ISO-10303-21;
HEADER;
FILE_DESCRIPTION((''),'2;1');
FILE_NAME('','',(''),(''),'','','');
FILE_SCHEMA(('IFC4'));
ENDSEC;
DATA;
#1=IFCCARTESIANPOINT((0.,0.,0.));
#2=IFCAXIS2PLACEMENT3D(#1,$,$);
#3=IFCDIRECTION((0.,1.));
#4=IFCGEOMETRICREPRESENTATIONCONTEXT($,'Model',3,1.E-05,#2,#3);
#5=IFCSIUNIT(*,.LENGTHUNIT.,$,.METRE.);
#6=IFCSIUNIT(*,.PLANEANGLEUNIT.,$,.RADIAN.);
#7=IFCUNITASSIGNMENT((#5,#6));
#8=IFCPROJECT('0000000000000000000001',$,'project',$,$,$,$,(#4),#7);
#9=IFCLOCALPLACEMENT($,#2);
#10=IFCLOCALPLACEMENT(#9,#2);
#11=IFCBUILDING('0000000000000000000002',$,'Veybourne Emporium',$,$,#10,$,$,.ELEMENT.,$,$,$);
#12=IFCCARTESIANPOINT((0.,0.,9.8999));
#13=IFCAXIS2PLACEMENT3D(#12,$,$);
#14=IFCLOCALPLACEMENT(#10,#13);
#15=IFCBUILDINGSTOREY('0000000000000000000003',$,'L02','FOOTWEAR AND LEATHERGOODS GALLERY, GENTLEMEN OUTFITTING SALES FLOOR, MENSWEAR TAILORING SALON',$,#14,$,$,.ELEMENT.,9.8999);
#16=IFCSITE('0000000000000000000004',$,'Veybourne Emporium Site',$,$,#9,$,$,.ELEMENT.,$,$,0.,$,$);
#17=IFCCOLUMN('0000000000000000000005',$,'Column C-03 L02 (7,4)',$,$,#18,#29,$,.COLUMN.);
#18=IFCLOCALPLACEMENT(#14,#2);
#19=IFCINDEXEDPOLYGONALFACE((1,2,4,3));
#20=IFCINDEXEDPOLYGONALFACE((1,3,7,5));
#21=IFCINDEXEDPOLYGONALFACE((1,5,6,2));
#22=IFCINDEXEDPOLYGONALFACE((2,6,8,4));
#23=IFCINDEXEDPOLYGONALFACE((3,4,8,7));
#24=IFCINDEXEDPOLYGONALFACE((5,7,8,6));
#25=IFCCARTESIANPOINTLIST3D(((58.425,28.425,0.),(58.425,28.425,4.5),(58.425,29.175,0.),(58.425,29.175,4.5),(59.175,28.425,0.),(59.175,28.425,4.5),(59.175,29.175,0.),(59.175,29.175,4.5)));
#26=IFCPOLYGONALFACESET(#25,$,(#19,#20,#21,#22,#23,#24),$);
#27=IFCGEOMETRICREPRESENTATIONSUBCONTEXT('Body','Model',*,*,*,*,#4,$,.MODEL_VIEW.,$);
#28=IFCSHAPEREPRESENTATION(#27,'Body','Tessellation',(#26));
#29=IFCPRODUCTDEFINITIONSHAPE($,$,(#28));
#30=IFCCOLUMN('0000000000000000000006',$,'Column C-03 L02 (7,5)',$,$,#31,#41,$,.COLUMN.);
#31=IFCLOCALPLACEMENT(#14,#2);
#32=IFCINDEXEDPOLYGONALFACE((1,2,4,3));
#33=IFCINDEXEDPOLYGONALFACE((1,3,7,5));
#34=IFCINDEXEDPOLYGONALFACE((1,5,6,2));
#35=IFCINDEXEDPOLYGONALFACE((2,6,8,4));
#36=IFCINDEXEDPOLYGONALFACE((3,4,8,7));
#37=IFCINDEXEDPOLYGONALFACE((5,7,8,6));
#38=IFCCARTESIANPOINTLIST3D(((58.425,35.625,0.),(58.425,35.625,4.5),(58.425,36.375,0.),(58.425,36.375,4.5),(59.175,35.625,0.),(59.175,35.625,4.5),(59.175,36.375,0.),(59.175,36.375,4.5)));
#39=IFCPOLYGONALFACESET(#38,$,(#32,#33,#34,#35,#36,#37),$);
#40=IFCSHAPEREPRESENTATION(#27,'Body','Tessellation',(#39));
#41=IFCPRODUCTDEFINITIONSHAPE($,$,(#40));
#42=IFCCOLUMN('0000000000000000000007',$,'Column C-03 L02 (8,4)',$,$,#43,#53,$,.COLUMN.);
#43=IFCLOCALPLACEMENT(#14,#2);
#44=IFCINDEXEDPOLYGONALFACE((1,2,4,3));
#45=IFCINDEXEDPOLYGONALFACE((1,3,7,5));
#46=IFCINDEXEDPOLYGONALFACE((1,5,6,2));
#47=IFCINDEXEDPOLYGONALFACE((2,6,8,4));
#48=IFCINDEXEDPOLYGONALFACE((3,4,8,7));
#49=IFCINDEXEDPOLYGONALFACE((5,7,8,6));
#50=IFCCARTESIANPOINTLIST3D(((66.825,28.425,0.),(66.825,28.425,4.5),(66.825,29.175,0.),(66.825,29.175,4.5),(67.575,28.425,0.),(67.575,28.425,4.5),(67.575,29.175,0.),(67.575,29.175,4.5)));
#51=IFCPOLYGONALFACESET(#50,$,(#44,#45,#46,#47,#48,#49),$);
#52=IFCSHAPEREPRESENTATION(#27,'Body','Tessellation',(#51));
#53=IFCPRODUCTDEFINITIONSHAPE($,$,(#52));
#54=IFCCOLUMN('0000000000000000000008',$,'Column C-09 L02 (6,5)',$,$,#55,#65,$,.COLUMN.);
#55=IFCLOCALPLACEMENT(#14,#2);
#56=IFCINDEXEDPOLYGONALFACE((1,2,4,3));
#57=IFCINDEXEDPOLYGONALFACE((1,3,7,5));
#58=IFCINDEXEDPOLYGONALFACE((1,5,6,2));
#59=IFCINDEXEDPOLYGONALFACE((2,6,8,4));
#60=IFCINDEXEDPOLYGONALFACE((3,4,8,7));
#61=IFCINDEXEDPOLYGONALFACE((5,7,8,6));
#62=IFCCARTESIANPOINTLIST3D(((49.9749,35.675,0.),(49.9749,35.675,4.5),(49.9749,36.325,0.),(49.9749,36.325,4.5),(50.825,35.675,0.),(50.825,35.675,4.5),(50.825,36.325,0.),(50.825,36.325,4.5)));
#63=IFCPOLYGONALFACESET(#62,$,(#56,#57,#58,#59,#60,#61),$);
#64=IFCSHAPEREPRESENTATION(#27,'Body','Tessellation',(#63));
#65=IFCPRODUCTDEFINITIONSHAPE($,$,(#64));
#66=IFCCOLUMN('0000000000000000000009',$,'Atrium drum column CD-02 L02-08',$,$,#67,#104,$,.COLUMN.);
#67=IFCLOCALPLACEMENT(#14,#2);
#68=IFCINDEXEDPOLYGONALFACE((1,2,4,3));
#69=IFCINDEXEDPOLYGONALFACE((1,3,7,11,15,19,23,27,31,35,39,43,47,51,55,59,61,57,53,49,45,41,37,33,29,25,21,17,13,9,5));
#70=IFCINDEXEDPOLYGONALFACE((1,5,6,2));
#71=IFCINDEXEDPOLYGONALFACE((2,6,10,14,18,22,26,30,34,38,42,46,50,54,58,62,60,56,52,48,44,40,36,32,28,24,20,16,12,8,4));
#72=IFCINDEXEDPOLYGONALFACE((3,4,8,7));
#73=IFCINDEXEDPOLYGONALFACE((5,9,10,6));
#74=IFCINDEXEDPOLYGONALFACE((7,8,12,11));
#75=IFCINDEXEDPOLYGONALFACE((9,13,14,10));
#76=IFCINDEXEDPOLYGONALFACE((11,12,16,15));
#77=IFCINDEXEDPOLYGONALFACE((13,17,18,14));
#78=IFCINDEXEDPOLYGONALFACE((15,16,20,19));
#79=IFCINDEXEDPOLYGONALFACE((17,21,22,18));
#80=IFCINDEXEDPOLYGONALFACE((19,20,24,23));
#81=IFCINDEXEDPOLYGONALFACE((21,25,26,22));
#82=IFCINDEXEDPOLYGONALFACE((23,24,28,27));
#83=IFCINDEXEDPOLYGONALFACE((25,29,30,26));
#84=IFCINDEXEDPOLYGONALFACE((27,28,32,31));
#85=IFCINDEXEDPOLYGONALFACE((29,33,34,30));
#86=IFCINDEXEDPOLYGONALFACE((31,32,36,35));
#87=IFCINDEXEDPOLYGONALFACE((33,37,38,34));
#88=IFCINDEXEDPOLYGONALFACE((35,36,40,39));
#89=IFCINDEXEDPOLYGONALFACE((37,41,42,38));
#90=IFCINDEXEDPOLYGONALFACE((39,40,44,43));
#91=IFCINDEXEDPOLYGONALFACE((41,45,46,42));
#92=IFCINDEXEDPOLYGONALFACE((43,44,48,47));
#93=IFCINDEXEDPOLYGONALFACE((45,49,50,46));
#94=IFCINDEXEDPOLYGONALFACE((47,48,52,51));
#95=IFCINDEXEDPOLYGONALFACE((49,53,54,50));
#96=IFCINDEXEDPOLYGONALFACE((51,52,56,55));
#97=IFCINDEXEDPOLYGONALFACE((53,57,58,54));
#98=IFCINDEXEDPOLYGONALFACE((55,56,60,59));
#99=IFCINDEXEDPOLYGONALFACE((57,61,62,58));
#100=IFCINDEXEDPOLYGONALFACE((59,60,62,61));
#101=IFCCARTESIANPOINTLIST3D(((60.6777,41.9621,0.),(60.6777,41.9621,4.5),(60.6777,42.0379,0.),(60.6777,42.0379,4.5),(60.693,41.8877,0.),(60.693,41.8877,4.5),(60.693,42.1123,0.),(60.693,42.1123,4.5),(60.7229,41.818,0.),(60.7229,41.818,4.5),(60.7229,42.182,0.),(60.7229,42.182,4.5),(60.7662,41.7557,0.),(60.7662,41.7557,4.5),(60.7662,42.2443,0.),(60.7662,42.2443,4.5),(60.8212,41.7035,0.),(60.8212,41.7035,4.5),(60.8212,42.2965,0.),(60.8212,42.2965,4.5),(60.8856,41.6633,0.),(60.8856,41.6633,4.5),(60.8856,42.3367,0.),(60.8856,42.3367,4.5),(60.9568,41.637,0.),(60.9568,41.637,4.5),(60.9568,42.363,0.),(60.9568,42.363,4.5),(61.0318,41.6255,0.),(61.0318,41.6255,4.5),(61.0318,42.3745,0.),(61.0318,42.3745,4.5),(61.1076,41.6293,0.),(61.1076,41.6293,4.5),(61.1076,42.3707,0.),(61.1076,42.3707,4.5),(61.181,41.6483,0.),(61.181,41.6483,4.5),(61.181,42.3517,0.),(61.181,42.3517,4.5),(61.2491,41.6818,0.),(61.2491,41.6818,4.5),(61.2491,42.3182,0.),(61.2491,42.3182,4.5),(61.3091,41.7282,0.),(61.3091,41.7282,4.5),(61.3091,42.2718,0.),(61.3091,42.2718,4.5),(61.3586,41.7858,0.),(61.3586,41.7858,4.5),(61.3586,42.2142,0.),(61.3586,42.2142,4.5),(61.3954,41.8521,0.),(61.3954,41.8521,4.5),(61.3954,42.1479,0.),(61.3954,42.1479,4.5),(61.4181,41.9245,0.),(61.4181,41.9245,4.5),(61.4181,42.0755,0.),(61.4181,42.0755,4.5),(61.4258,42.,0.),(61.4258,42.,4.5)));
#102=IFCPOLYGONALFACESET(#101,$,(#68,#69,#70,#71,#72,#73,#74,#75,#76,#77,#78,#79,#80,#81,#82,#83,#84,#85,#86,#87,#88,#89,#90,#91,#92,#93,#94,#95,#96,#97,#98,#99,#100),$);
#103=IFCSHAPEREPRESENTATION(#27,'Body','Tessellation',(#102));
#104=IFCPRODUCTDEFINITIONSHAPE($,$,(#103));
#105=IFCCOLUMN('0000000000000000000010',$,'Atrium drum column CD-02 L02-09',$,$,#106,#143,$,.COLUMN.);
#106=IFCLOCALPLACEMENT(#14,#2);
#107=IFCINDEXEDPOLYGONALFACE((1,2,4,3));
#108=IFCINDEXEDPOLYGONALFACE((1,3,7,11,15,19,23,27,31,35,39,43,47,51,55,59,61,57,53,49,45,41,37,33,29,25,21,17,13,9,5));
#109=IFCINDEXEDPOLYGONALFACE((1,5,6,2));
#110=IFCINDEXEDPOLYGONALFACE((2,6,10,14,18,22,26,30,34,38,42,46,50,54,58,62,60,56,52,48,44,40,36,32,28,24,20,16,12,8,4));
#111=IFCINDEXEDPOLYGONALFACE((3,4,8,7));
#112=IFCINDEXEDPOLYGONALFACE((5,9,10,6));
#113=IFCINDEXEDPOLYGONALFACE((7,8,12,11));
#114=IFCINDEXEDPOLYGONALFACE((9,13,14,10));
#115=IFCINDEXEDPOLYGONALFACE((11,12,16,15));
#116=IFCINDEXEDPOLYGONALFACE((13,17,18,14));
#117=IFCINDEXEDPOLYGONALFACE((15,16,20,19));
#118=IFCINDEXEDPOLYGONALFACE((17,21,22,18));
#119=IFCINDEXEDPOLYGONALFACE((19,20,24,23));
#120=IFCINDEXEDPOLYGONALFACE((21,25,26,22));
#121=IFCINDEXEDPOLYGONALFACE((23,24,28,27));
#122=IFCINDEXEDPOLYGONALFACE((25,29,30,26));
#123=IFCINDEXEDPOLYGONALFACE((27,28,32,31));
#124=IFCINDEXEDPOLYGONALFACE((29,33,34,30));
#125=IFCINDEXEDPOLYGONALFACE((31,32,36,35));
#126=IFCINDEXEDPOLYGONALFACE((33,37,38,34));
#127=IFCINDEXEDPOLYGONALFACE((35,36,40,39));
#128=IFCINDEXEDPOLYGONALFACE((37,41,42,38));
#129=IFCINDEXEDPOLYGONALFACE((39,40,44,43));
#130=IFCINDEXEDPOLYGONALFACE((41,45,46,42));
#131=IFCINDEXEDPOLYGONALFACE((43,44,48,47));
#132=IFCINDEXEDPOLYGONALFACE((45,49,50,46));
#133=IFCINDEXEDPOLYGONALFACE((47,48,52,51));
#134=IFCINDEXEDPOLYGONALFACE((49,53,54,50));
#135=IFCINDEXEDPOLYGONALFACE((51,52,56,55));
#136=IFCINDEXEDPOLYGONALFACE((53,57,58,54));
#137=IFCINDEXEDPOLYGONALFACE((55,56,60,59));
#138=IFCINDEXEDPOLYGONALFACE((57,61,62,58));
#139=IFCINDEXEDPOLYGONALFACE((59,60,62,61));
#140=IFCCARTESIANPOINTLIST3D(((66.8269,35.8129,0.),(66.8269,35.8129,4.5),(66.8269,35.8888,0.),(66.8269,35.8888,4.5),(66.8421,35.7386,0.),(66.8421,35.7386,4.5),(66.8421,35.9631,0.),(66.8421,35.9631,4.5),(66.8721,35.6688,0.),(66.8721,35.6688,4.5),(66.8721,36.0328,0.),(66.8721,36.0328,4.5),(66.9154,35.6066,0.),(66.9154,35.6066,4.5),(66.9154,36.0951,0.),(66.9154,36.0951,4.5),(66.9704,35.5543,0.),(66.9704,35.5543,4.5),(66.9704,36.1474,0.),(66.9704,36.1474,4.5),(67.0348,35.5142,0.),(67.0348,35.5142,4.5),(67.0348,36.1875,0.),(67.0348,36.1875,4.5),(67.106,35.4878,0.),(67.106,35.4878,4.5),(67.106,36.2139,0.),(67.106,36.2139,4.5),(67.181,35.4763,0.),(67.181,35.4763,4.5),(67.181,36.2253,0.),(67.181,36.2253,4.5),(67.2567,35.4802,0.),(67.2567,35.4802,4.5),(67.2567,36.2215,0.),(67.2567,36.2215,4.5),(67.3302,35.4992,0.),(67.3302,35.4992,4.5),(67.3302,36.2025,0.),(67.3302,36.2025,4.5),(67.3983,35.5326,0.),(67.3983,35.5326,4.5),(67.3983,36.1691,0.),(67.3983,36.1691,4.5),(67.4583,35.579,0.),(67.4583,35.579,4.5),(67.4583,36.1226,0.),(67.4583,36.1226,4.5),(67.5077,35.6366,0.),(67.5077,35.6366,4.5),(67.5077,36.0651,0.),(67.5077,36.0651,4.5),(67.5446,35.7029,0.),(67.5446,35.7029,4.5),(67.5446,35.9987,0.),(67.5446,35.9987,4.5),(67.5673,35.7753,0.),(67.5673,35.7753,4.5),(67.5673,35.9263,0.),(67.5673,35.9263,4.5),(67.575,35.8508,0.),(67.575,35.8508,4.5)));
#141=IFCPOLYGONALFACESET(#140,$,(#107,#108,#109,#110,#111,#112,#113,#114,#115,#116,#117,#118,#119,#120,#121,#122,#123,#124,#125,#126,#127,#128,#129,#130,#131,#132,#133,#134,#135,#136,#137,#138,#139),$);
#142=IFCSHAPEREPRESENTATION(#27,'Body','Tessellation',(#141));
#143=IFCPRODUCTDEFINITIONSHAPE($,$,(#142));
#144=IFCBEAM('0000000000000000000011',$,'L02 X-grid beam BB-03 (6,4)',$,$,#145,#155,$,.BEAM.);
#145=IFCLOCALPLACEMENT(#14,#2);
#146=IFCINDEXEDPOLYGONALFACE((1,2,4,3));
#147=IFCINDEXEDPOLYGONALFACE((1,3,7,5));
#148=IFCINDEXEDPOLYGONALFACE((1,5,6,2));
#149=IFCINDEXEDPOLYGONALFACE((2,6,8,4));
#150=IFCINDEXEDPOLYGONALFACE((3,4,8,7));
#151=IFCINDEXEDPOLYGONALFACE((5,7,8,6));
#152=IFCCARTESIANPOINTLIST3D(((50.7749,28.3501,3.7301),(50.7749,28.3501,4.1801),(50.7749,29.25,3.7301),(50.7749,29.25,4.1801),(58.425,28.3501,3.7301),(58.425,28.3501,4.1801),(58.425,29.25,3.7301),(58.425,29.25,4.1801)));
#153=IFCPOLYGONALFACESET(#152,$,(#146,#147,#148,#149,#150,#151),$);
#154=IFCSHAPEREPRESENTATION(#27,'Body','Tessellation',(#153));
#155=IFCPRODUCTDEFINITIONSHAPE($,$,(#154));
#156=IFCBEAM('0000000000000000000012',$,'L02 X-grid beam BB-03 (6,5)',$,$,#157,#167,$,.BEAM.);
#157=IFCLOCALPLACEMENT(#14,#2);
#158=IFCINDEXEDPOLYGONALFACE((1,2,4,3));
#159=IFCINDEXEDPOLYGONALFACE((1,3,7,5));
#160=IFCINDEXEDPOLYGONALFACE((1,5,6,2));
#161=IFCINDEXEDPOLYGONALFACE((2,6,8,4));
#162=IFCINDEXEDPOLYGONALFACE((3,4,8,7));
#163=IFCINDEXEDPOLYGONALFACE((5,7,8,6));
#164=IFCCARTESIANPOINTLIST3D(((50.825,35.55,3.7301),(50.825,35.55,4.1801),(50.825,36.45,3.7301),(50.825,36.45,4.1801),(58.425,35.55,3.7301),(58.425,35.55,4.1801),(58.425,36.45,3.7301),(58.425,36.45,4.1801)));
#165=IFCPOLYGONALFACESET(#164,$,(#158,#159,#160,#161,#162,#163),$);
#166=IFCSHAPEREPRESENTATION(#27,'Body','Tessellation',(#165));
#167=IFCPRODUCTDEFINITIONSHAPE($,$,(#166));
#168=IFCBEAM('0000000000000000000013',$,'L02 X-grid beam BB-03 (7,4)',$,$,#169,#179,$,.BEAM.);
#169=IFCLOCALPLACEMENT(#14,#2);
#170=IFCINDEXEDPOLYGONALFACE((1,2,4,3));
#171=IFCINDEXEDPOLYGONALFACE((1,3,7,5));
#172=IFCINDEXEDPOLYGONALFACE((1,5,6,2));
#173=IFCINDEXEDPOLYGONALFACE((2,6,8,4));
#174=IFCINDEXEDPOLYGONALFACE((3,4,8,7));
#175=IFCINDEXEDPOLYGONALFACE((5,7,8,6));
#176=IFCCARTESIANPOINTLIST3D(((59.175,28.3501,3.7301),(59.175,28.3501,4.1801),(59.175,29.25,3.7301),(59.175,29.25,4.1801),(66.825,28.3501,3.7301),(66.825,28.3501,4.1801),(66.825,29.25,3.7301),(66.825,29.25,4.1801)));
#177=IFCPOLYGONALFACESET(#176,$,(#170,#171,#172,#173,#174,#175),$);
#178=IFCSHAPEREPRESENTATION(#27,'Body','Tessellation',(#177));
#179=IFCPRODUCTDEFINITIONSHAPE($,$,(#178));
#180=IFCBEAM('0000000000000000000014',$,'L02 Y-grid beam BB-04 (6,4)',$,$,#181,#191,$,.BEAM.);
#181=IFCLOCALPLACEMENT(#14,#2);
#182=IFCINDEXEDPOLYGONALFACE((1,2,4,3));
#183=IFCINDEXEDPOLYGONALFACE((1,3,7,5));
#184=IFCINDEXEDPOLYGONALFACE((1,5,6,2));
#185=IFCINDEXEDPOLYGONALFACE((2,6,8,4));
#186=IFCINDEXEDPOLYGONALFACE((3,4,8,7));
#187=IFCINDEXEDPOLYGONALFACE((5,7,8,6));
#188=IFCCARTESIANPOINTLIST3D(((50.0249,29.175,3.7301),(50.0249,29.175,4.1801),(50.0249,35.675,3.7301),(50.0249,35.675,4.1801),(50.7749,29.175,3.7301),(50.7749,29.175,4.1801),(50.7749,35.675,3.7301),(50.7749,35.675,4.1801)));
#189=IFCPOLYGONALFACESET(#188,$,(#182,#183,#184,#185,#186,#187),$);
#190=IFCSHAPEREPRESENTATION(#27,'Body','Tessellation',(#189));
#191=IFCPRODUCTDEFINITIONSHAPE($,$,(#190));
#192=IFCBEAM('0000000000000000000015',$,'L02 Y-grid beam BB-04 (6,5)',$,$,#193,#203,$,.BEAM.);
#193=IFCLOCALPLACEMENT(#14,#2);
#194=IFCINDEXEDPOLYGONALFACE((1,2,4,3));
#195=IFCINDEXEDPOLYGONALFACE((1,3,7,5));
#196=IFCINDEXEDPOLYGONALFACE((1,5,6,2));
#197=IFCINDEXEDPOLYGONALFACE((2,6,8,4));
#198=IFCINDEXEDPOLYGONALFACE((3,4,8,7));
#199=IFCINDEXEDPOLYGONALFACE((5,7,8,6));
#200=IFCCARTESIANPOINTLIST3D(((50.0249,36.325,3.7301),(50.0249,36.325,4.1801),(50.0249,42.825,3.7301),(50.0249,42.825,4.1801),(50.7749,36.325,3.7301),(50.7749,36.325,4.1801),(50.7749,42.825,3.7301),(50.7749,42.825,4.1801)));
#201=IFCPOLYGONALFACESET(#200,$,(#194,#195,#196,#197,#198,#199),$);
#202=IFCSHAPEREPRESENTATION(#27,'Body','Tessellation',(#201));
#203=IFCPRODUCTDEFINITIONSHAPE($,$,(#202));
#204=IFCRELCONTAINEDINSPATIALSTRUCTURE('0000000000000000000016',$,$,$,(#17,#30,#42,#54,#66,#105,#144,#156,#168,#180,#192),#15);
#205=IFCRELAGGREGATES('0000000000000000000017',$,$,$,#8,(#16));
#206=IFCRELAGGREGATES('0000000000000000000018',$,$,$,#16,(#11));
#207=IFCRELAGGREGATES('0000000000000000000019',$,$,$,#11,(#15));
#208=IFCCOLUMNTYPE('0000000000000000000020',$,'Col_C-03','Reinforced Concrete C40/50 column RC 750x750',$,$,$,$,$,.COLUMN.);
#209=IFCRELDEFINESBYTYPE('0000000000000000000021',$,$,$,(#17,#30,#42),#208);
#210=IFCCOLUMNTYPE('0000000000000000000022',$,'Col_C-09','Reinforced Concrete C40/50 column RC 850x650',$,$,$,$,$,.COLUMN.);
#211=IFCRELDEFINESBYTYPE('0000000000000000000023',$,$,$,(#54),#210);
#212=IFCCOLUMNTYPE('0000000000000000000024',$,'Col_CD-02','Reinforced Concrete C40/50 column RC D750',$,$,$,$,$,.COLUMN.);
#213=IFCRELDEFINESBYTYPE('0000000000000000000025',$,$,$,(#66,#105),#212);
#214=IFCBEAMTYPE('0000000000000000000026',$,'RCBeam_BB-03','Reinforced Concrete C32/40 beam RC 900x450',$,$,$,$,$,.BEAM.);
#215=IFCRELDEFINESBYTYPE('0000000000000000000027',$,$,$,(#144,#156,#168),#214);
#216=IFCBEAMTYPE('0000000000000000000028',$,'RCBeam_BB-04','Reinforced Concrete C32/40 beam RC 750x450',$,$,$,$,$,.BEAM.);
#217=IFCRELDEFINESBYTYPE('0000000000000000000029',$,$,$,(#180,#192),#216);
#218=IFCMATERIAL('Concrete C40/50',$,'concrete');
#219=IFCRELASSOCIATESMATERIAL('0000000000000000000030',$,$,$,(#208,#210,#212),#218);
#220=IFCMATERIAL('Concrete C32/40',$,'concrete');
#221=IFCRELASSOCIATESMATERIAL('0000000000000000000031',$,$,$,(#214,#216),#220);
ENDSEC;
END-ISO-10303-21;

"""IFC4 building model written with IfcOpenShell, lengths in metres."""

from ifc_helpers import new_model, si_unit, direction, frame, origin, origin_2d, place, context, subcontext, project, spatial, rectangle, circle, extrude, material, material_profile, profile_set, type_object, element, save


model = new_model("IFC4")

# Units and contexts
model_context = context("Model", 3, precision=1e-05, world=origin(), true_north=direction((0.0, 1.0)))
body_context = subcontext(model_context, "Body", "Model", "MODEL_VIEW")
ifc_project = project(units=[si_unit("LENGTHUNIT", "METRE"), si_unit("PLANEANGLEUNIT", "RADIAN")], contexts=[model_context])

# Site, building, storey
site_placement = place(None, origin())
site = spatial("IfcSite", under=ifc_project, at=site_placement, Name="Veybourne Emporium Site", CompositionType="ELEMENT", RefElevation=0.0)
building_placement = place(site_placement, origin())
building = spatial("IfcBuilding", under=site, at=building_placement, Name="Veybourne Emporium", CompositionType="ELEMENT")
storey_placement = place(building_placement, frame((0.0, 0.0, 9.8999)))
storey = spatial("IfcBuildingStorey", under=building, at=storey_placement, Name="L02", Description="FOOTWEAR AND LEATHERGOODS GALLERY, GENTLEMEN OUTFITTING SALES FLOOR, MENSWEAR TAILORING SALON", CompositionType="ELEMENT", Elevation=9.8999)

# Columns
ifc_material_1 = material(Name="Concrete C40/50", Category="concrete")
ifc_material_profile_1 = material_profile(ifc_material_1, rectangle(XDim=0.75, YDim=0.75, at=origin_2d()), Name="RC 750x750")
ifc_profile_set_1 = profile_set([ifc_material_profile_1], Name="Concrete C40/50")
column_type_1 = type_object("IfcColumnType", Name="Col_C-03", Description="Reinforced Concrete C40/50 column RC 750x750", PredefinedType="COLUMN", material=ifc_profile_set_1)
for number, where, z_axis, x_axis, name in (
    (1, (58.8, 28.8, 0.0), (0.0, 0.0, 1.0), (1.0, 0.0, 0.0), "Column C-03 L02 (7,4)"),
    (2, (58.8, 36.0, 0.0), (0.0, 0.0, 1.0), (1.0, 0.0, 0.0), "Column C-03 L02 (7,5)"),
    (3, (67.2, 28.8, 0.0), (0.0, 0.0, 1.0), (1.0, 0.0, 0.0), "Column C-03 L02 (8,4)"),
):
    element("IfcColumn", number, at=place(storey_placement, frame(where, z_axis=z_axis, x_axis=x_axis)), inside=storey, type_object=column_type_1, Name=name, PredefinedType="COLUMN", context=body_context, shape_type="SweptSolid", body=[
        extrude(rectangle(XDim=0.75, YDim=0.75, at=origin_2d()), origin(), (0.0, 0.0, 1.0), 4.5),
    ])
ifc_material_profile_2 = material_profile(ifc_material_1, rectangle(XDim=0.8501, YDim=0.6499, at=origin_2d()), Name="RC 850x650")
ifc_profile_set_2 = profile_set([ifc_material_profile_2], Name="Concrete C40/50")
column_type_2 = type_object("IfcColumnType", Name="Col_C-09", Description="Reinforced Concrete C40/50 column RC 850x650", PredefinedType="COLUMN", material=ifc_profile_set_2)
column_placement = place(storey_placement, frame((50.3999, 36.0, 0.0), z_axis=(0.0, 0.0, 1.0), x_axis=(1.0, 0.0, 0.0)))
element("IfcColumn", 4, at=column_placement, inside=storey, type_object=column_type_2, Name="Column C-09 L02 (6,5)", PredefinedType="COLUMN", context=body_context, shape_type="SweptSolid", body=[
    extrude(rectangle(XDim=0.8501, YDim=0.6499, at=origin_2d()), origin(), (0.0, 0.0, 1.0), 4.5),
])
ifc_material_profile_3 = material_profile(ifc_material_1, circle(Radius=0.375, at=origin_2d()), Name="RC D750")
ifc_profile_set_3 = profile_set([ifc_material_profile_3], Name="Concrete C40/50")
column_type_3 = type_object("IfcColumnType", Name="Col_CD-02", Description="Reinforced Concrete C40/50 column RC D750", PredefinedType="COLUMN", material=ifc_profile_set_3)
for number, where, z_axis, x_axis, name in (
    (5, (61.0508, 42.0, 0.0), (0.0, 0.0, 1.0), (1.0, 0.0, 0.0), "Atrium drum column CD-02 L02-08"),
    (6, (67.2, 35.8508, 0.0), (0.0, 0.0, 1.0), (1.0, 0.0, 0.0), "Atrium drum column CD-02 L02-09"),
):
    element("IfcColumn", number, at=place(storey_placement, frame(where, z_axis=z_axis, x_axis=x_axis)), inside=storey, type_object=column_type_3, Name=name, PredefinedType="COLUMN", context=body_context, shape_type="SweptSolid", body=[
        extrude(circle(Radius=0.375, at=origin_2d()), origin(), (0.0, 0.0, 1.0), 4.5),
    ])

# Beams
ifc_material_2 = material(Name="Concrete C32/40", Category="concrete")
ifc_material_profile_4 = material_profile(ifc_material_2, rectangle(XDim=0.8999, YDim=0.45, at=origin_2d()), Name="RC 900x450")
ifc_profile_set_4 = profile_set([ifc_material_profile_4], Name="Concrete C32/40")
beam_type_1 = type_object("IfcBeamType", Name="RCBeam_BB-03", Description="Reinforced Concrete C32/40 beam RC 900x450", PredefinedType="BEAM", material=ifc_profile_set_4)
beam_1_placement = place(storey_placement, frame((50.7749, 28.8, 3.9551), z_axis=(1.0, 0.0, 0.0), x_axis=(0.0, 1.0, 0.0)))
element("IfcBeam", 7, at=beam_1_placement, inside=storey, type_object=beam_type_1, Name="L02 X-grid beam BB-03 (6,4)", PredefinedType="BEAM", context=body_context, shape_type="SweptSolid", body=[
    extrude(rectangle(XDim=0.8999, YDim=0.45, at=origin_2d()), origin(), (0.0, 0.0, 1.0), 7.6501),
])
beam_2_placement = place(storey_placement, frame((50.825, 36.0, 3.9551), z_axis=(1.0, 0.0, 0.0), x_axis=(0.0, 1.0, 0.0)))
element("IfcBeam", 8, at=beam_2_placement, inside=storey, type_object=beam_type_1, Name="L02 X-grid beam BB-03 (6,5)", PredefinedType="BEAM", context=body_context, shape_type="SweptSolid", body=[
    extrude(rectangle(XDim=0.8999, YDim=0.45, at=origin_2d()), origin(), (0.0, 0.0, 1.0), 7.6001),
])
beam_3_placement = place(storey_placement, frame((59.175, 28.8, 3.9551), z_axis=(1.0, 0.0, 0.0), x_axis=(0.0, 1.0, 0.0)))
element("IfcBeam", 9, at=beam_3_placement, inside=storey, type_object=beam_type_1, Name="L02 X-grid beam BB-03 (7,4)", PredefinedType="BEAM", context=body_context, shape_type="SweptSolid", body=[
    extrude(rectangle(XDim=0.8999, YDim=0.45, at=origin_2d()), origin(), (0.0, 0.0, 1.0), 7.6499),
])
ifc_material_profile_5 = material_profile(ifc_material_2, rectangle(XDim=0.75, YDim=0.45, at=origin_2d()), Name="RC 750x450")
ifc_profile_set_5 = profile_set([ifc_material_profile_5], Name="Concrete C32/40")
beam_type_2 = type_object("IfcBeamType", Name="RCBeam_BB-04", Description="Reinforced Concrete C32/40 beam RC 750x450", PredefinedType="BEAM", material=ifc_profile_set_5)
for number, where, z_axis, x_axis, name in (
    (10, (50.3999, 29.175, 3.9551), (0.0, 1.0, 0.0), (-1.0, 0.0, 0.0), "L02 Y-grid beam BB-04 (6,4)"),
    (11, (50.3999, 36.325, 3.9551), (0.0, 1.0, 0.0), (-1.0, 0.0, 0.0), "L02 Y-grid beam BB-04 (6,5)"),
):
    element("IfcBeam", number, at=place(storey_placement, frame(where, z_axis=z_axis, x_axis=x_axis)), inside=storey, type_object=beam_type_2, Name=name, PredefinedType="BEAM", context=body_context, shape_type="SweptSolid", body=[
        extrude(rectangle(XDim=0.75, YDim=0.45, at=origin_2d()), origin(), (0.0, 0.0, 1.0), 6.5),
    ])

save(model, "model.ifc")
